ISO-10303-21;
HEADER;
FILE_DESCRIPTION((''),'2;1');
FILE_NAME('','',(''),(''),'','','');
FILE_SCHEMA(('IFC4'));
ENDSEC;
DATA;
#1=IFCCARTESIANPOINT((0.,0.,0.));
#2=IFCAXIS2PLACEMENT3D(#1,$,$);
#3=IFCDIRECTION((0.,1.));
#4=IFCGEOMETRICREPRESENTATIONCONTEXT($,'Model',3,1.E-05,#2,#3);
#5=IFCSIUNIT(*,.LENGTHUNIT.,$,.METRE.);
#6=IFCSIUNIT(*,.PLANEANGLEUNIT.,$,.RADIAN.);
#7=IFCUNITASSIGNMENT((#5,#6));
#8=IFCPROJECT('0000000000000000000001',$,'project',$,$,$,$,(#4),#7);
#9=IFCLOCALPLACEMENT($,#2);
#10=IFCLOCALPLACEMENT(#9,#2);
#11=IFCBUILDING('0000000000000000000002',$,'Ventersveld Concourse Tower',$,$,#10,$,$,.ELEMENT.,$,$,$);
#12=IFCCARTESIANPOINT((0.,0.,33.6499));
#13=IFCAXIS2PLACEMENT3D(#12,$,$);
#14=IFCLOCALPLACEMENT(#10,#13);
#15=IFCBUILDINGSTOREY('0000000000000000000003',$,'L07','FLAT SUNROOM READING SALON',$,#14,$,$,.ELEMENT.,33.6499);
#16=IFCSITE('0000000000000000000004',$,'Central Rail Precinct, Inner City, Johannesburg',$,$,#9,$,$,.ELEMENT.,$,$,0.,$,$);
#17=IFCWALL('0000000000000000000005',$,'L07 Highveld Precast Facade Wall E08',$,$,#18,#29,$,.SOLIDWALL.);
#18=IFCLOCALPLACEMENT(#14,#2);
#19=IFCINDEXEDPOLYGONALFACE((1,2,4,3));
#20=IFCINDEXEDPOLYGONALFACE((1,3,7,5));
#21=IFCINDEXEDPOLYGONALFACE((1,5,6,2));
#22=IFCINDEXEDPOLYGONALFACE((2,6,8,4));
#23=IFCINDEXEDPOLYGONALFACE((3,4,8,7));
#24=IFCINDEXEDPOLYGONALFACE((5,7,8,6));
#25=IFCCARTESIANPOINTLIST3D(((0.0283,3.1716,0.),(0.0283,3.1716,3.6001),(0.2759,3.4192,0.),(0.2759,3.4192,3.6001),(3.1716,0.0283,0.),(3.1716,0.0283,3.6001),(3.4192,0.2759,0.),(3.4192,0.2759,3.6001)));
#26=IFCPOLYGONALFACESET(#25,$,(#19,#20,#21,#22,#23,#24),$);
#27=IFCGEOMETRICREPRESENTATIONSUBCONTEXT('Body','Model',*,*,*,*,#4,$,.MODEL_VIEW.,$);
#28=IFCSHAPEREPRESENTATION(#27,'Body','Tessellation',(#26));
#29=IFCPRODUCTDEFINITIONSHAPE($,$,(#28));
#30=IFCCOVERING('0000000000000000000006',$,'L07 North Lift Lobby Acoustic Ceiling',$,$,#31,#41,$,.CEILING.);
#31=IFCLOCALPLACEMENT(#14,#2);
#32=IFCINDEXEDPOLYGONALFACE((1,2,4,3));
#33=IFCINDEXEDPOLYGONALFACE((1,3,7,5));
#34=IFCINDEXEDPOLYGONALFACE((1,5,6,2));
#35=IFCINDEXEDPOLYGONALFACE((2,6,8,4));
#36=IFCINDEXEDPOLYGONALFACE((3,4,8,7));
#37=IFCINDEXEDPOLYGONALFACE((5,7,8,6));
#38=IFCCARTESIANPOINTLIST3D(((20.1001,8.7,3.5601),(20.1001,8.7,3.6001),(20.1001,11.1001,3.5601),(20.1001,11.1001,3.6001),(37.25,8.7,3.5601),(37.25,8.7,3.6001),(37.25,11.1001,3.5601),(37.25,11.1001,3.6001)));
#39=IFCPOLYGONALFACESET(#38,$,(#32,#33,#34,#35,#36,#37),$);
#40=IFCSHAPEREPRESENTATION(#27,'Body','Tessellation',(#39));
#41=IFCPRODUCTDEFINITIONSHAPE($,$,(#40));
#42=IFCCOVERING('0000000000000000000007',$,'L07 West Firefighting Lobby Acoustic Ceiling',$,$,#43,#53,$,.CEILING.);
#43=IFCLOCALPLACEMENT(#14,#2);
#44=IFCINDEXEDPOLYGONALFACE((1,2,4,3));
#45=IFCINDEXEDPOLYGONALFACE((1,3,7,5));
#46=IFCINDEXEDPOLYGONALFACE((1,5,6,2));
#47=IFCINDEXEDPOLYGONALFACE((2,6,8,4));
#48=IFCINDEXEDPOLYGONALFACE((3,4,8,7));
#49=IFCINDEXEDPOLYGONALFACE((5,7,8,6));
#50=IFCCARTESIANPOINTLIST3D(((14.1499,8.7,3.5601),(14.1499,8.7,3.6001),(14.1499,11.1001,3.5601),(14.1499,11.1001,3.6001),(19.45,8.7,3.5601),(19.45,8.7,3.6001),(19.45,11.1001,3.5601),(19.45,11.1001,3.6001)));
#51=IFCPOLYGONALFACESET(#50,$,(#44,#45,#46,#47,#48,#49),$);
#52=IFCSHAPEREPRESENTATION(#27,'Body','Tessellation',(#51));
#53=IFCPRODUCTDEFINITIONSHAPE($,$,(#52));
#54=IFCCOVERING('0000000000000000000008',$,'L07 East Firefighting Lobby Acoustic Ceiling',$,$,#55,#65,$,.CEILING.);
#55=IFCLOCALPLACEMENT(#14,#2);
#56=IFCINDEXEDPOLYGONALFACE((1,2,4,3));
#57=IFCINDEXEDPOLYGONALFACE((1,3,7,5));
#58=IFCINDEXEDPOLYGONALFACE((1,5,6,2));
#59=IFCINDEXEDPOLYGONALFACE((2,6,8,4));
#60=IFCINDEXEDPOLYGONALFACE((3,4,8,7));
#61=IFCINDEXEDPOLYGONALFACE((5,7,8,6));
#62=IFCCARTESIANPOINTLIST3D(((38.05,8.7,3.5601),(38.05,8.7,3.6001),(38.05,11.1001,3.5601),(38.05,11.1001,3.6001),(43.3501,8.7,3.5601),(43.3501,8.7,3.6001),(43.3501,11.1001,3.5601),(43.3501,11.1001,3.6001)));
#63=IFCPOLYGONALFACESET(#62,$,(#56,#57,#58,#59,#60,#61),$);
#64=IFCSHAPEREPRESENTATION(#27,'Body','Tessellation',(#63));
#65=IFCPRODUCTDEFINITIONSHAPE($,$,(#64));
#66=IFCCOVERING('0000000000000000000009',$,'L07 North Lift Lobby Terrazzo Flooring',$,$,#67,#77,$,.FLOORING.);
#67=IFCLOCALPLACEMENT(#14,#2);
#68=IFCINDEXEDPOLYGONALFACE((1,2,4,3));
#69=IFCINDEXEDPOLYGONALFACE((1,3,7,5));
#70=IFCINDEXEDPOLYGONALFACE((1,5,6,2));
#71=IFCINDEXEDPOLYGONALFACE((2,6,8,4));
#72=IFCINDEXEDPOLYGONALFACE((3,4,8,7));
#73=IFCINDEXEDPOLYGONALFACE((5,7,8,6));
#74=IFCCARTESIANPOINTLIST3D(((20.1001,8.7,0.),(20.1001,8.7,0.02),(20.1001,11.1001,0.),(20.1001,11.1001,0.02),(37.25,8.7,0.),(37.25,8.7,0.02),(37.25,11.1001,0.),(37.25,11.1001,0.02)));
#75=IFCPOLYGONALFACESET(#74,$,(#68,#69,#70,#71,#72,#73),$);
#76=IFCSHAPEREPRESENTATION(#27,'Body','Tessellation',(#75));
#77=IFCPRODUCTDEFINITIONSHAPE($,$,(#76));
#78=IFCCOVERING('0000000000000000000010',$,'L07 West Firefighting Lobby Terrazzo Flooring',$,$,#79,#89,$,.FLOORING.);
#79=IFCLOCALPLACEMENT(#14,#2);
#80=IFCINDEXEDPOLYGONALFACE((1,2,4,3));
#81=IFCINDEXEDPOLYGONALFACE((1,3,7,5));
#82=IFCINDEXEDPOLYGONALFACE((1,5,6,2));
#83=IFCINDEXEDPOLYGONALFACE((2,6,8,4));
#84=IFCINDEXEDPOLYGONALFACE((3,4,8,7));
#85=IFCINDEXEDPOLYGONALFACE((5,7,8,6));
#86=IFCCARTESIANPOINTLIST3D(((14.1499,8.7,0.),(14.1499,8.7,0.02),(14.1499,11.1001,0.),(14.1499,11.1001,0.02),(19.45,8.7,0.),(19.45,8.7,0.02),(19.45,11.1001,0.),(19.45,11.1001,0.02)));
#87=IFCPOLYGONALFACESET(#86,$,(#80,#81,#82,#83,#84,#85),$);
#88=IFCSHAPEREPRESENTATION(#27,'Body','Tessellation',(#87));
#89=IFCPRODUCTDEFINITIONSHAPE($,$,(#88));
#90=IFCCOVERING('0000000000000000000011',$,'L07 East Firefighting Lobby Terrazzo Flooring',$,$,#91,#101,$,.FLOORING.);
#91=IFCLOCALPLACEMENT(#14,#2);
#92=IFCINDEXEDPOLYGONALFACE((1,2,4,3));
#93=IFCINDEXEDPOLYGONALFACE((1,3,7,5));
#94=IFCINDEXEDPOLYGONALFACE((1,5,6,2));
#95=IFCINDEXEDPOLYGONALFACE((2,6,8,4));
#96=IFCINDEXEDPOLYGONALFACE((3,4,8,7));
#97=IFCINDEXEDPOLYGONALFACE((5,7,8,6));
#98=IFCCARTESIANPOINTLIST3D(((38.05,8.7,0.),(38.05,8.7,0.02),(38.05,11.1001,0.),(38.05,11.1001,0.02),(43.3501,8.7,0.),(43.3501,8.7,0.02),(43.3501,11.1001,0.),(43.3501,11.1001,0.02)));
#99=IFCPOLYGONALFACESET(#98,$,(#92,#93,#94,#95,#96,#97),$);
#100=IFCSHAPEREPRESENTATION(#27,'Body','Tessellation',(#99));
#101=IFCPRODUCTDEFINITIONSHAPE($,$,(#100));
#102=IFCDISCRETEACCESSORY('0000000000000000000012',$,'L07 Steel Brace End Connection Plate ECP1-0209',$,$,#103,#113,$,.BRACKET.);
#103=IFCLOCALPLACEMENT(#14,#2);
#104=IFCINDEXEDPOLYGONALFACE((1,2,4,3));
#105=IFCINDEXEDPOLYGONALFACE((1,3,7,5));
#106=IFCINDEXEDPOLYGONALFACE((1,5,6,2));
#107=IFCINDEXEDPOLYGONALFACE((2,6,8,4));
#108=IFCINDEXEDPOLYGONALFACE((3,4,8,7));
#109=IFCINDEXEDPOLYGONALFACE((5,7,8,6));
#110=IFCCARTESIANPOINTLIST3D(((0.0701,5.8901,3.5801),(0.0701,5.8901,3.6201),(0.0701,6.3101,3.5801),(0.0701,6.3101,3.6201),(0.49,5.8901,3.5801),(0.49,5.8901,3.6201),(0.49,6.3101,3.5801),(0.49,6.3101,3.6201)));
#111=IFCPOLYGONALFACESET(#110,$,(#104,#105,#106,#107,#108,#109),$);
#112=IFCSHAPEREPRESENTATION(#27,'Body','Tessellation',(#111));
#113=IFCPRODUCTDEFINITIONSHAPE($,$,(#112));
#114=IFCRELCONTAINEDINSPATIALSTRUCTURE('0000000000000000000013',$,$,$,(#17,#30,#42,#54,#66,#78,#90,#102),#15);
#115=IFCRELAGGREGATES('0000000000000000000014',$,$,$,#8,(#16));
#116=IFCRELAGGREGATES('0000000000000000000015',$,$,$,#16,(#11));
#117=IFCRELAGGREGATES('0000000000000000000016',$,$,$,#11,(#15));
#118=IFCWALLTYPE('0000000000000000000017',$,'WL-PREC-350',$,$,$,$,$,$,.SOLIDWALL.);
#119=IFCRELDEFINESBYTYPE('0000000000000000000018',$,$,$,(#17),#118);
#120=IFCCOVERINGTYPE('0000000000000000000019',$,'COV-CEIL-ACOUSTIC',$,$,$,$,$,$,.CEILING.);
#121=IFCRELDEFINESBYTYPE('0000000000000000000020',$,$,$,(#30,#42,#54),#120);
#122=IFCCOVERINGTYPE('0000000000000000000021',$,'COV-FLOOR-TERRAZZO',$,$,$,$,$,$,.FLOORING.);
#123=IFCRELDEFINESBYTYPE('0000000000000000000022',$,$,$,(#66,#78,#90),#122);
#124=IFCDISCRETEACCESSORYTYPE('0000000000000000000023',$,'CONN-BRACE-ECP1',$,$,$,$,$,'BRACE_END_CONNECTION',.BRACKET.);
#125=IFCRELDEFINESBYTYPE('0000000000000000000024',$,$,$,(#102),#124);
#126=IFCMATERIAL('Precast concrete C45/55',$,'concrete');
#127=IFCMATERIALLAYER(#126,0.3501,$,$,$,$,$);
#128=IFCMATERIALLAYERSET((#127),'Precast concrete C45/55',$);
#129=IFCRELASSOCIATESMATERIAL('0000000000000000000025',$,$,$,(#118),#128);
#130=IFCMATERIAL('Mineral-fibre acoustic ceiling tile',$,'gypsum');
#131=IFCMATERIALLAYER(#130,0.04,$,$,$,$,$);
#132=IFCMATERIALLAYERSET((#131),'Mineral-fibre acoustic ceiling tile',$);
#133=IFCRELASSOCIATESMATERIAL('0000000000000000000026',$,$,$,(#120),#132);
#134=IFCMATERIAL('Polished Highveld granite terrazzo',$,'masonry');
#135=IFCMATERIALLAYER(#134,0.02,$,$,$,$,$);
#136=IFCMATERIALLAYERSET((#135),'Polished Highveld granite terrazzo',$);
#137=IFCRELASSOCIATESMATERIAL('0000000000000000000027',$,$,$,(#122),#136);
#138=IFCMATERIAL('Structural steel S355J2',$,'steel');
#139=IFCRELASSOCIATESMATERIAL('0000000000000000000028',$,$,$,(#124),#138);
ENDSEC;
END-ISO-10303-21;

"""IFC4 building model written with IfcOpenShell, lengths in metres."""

from ifc_helpers import new_model, si_unit, direction, frame, frame_2d, origin, origin_2d, place, context, subcontext, project, spatial, polyline, rectangle, outline, extrude, material, layer, layer_set, type_object, element, save


model = new_model("IFC4")

# Units and contexts
model_context = context("Model", 3, precision=1e-05, world=origin(), true_north=direction((0.0, 1.0)))
body_context = subcontext(model_context, "Body", "Model", "MODEL_VIEW")
ifc_project = project(units=[si_unit("LENGTHUNIT", "METRE"), si_unit("PLANEANGLEUNIT", "RADIAN")], contexts=[model_context])

# Site, building, storey
site_placement = place(None, origin())
site = spatial("IfcSite", under=ifc_project, at=site_placement, Name="Central Rail Precinct, Inner City, Johannesburg", CompositionType="ELEMENT", RefElevation=0.0)
building_placement = place(site_placement, origin())
building = spatial("IfcBuilding", under=site, at=building_placement, Name="Ventersveld Concourse Tower", CompositionType="ELEMENT")
storey_placement = place(building_placement, frame((0.0, 0.0, 33.6499)))
storey = spatial("IfcBuildingStorey", under=building, at=storey_placement, Name="L07", Description="FLAT SUNROOM READING SALON", CompositionType="ELEMENT", Elevation=33.6499)

# Shared definitions
ifc_material_1 = material(Name="Structural steel S355J2", Category="steel")

# Wall
ifc_material_2 = material(Name="Precast concrete C45/55", Category="concrete")
ifc_layer_1 = layer(ifc_material_2, 0.3501)
ifc_layer_set_1 = layer_set([ifc_layer_1], Name="Precast concrete C45/55")
wall_type_1 = type_object("IfcWallType", Name="WL-PREC-350", PredefinedType="SOLIDWALL", material=ifc_layer_set_1)
wall_1_placement = place(storey_placement, frame((0.1521, 3.2954, 0.0), z_axis=(0.0, 0.0, 1.0), x_axis=(0.707107, -0.707107, 0.0)))
element("IfcWall", 1, at=wall_1_placement, inside=storey, type_object=wall_type_1, Name="L07 Highveld Precast Facade Wall E08", PredefinedType="SOLIDWALL", context=body_context, shape_type="SweptSolid", body=[
    extrude(rectangle(XDim=4.4453, YDim=0.3501, at=frame_2d((2.2227, 0.0))), origin(), (0.0, 0.0, 1.0), 3.6001),
])

# Coverings
ifc_material_3 = material(Name="Mineral-fibre acoustic ceiling tile", Category="gypsum")
ifc_layer_2 = layer(ifc_material_3, 0.04)
ifc_layer_set_2 = layer_set([ifc_layer_2], Name="Mineral-fibre acoustic ceiling tile")
covering_type_1 = type_object("IfcCoveringType", Name="COV-CEIL-ACOUSTIC", PredefinedType="CEILING", material=ifc_layer_set_2)
covering_1_placement = place(storey_placement, frame((0.0, 0.0, 3.5601)))
element("IfcCovering", 2, at=covering_1_placement, inside=storey, type_object=covering_type_1, Name="L07 North Lift Lobby Acoustic Ceiling", PredefinedType="CEILING", context=body_context, shape_type="SweptSolid", body=[
    extrude(outline(polyline([(20.1001, 8.7), (37.25, 8.7), (37.25, 11.1001), (20.1001, 11.1001), (20.1001, 8.7)])), origin(), (0.0, 0.0, 1.0), 0.04),
])
covering_2_placement = place(storey_placement, frame((0.0, 0.0, 3.5601)))
element("IfcCovering", 3, at=covering_2_placement, inside=storey, type_object=covering_type_1, Name="L07 West Firefighting Lobby Acoustic Ceiling", PredefinedType="CEILING", context=body_context, shape_type="SweptSolid", body=[
    extrude(outline(polyline([(14.1499, 8.7), (19.45, 8.7), (19.45, 11.1001), (14.1499, 11.1001), (14.1499, 8.7)])), origin(), (0.0, 0.0, 1.0), 0.04),
])
covering_3_placement = place(storey_placement, frame((0.0, 0.0, 3.5601)))
element("IfcCovering", 4, at=covering_3_placement, inside=storey, type_object=covering_type_1, Name="L07 East Firefighting Lobby Acoustic Ceiling", PredefinedType="CEILING", context=body_context, shape_type="SweptSolid", body=[
    extrude(outline(polyline([(38.05, 8.7), (43.3501, 8.7), (43.3501, 11.1001), (38.05, 11.1001), (38.05, 8.7)])), origin(), (0.0, 0.0, 1.0), 0.04),
])
ifc_material_4 = material(Name="Polished Highveld granite terrazzo", Category="masonry")
ifc_layer_3 = layer(ifc_material_4, 0.02)
ifc_layer_set_3 = layer_set([ifc_layer_3], Name="Polished Highveld granite terrazzo")
covering_type_2 = type_object("IfcCoveringType", Name="COV-FLOOR-TERRAZZO", PredefinedType="FLOORING", material=ifc_layer_set_3)
covering_4_placement = place(storey_placement, origin())
element("IfcCovering", 5, at=covering_4_placement, inside=storey, type_object=covering_type_2, Name="L07 North Lift Lobby Terrazzo Flooring", PredefinedType="FLOORING", context=body_context, shape_type="SweptSolid", body=[
    extrude(outline(polyline([(20.1001, 8.7), (37.25, 8.7), (37.25, 11.1001), (20.1001, 11.1001), (20.1001, 8.7)])), origin(), (0.0, 0.0, 1.0), 0.02),
])
covering_5_placement = place(storey_placement, origin())
element("IfcCovering", 6, at=covering_5_placement, inside=storey, type_object=covering_type_2, Name="L07 West Firefighting Lobby Terrazzo Flooring", PredefinedType="FLOORING", context=body_context, shape_type="SweptSolid", body=[
    extrude(outline(polyline([(14.1499, 8.7), (19.45, 8.7), (19.45, 11.1001), (14.1499, 11.1001), (14.1499, 8.7)])), origin(), (0.0, 0.0, 1.0), 0.02),
])
covering_6_placement = place(storey_placement, origin())
element("IfcCovering", 7, at=covering_6_placement, inside=storey, type_object=covering_type_2, Name="L07 East Firefighting Lobby Terrazzo Flooring", PredefinedType="FLOORING", context=body_context, shape_type="SweptSolid", body=[
    extrude(outline(polyline([(38.05, 8.7), (43.3501, 8.7), (43.3501, 11.1001), (38.05, 11.1001), (38.05, 8.7)])), origin(), (0.0, 0.0, 1.0), 0.02),
])

# Discrete accessory
discrete_accessory_type = type_object("IfcDiscreteAccessoryType", Name="CONN-BRACE-ECP1", ElementType="BRACE_END_CONNECTION", PredefinedType="BRACKET", material=ifc_material_1)
discrete_accessory_placement = place(storey_placement, frame((0.28, 6.1001, 3.5801), z_axis=(0.0, 0.0, 1.0), x_axis=(1.0, 0.0, 0.0)))
element("IfcDiscreteAccessory", 8, at=discrete_accessory_placement, inside=storey, type_object=discrete_accessory_type, Name="L07 Steel Brace End Connection Plate ECP1-0209", PredefinedType="BRACKET", context=body_context, shape_type="SweptSolid", body=[
    extrude(rectangle(XDim=0.4199, YDim=0.4199, at=origin_2d()), origin(), (0.0, 0.0, 1.0), 0.04),
])

save(model, "model.ifc")
